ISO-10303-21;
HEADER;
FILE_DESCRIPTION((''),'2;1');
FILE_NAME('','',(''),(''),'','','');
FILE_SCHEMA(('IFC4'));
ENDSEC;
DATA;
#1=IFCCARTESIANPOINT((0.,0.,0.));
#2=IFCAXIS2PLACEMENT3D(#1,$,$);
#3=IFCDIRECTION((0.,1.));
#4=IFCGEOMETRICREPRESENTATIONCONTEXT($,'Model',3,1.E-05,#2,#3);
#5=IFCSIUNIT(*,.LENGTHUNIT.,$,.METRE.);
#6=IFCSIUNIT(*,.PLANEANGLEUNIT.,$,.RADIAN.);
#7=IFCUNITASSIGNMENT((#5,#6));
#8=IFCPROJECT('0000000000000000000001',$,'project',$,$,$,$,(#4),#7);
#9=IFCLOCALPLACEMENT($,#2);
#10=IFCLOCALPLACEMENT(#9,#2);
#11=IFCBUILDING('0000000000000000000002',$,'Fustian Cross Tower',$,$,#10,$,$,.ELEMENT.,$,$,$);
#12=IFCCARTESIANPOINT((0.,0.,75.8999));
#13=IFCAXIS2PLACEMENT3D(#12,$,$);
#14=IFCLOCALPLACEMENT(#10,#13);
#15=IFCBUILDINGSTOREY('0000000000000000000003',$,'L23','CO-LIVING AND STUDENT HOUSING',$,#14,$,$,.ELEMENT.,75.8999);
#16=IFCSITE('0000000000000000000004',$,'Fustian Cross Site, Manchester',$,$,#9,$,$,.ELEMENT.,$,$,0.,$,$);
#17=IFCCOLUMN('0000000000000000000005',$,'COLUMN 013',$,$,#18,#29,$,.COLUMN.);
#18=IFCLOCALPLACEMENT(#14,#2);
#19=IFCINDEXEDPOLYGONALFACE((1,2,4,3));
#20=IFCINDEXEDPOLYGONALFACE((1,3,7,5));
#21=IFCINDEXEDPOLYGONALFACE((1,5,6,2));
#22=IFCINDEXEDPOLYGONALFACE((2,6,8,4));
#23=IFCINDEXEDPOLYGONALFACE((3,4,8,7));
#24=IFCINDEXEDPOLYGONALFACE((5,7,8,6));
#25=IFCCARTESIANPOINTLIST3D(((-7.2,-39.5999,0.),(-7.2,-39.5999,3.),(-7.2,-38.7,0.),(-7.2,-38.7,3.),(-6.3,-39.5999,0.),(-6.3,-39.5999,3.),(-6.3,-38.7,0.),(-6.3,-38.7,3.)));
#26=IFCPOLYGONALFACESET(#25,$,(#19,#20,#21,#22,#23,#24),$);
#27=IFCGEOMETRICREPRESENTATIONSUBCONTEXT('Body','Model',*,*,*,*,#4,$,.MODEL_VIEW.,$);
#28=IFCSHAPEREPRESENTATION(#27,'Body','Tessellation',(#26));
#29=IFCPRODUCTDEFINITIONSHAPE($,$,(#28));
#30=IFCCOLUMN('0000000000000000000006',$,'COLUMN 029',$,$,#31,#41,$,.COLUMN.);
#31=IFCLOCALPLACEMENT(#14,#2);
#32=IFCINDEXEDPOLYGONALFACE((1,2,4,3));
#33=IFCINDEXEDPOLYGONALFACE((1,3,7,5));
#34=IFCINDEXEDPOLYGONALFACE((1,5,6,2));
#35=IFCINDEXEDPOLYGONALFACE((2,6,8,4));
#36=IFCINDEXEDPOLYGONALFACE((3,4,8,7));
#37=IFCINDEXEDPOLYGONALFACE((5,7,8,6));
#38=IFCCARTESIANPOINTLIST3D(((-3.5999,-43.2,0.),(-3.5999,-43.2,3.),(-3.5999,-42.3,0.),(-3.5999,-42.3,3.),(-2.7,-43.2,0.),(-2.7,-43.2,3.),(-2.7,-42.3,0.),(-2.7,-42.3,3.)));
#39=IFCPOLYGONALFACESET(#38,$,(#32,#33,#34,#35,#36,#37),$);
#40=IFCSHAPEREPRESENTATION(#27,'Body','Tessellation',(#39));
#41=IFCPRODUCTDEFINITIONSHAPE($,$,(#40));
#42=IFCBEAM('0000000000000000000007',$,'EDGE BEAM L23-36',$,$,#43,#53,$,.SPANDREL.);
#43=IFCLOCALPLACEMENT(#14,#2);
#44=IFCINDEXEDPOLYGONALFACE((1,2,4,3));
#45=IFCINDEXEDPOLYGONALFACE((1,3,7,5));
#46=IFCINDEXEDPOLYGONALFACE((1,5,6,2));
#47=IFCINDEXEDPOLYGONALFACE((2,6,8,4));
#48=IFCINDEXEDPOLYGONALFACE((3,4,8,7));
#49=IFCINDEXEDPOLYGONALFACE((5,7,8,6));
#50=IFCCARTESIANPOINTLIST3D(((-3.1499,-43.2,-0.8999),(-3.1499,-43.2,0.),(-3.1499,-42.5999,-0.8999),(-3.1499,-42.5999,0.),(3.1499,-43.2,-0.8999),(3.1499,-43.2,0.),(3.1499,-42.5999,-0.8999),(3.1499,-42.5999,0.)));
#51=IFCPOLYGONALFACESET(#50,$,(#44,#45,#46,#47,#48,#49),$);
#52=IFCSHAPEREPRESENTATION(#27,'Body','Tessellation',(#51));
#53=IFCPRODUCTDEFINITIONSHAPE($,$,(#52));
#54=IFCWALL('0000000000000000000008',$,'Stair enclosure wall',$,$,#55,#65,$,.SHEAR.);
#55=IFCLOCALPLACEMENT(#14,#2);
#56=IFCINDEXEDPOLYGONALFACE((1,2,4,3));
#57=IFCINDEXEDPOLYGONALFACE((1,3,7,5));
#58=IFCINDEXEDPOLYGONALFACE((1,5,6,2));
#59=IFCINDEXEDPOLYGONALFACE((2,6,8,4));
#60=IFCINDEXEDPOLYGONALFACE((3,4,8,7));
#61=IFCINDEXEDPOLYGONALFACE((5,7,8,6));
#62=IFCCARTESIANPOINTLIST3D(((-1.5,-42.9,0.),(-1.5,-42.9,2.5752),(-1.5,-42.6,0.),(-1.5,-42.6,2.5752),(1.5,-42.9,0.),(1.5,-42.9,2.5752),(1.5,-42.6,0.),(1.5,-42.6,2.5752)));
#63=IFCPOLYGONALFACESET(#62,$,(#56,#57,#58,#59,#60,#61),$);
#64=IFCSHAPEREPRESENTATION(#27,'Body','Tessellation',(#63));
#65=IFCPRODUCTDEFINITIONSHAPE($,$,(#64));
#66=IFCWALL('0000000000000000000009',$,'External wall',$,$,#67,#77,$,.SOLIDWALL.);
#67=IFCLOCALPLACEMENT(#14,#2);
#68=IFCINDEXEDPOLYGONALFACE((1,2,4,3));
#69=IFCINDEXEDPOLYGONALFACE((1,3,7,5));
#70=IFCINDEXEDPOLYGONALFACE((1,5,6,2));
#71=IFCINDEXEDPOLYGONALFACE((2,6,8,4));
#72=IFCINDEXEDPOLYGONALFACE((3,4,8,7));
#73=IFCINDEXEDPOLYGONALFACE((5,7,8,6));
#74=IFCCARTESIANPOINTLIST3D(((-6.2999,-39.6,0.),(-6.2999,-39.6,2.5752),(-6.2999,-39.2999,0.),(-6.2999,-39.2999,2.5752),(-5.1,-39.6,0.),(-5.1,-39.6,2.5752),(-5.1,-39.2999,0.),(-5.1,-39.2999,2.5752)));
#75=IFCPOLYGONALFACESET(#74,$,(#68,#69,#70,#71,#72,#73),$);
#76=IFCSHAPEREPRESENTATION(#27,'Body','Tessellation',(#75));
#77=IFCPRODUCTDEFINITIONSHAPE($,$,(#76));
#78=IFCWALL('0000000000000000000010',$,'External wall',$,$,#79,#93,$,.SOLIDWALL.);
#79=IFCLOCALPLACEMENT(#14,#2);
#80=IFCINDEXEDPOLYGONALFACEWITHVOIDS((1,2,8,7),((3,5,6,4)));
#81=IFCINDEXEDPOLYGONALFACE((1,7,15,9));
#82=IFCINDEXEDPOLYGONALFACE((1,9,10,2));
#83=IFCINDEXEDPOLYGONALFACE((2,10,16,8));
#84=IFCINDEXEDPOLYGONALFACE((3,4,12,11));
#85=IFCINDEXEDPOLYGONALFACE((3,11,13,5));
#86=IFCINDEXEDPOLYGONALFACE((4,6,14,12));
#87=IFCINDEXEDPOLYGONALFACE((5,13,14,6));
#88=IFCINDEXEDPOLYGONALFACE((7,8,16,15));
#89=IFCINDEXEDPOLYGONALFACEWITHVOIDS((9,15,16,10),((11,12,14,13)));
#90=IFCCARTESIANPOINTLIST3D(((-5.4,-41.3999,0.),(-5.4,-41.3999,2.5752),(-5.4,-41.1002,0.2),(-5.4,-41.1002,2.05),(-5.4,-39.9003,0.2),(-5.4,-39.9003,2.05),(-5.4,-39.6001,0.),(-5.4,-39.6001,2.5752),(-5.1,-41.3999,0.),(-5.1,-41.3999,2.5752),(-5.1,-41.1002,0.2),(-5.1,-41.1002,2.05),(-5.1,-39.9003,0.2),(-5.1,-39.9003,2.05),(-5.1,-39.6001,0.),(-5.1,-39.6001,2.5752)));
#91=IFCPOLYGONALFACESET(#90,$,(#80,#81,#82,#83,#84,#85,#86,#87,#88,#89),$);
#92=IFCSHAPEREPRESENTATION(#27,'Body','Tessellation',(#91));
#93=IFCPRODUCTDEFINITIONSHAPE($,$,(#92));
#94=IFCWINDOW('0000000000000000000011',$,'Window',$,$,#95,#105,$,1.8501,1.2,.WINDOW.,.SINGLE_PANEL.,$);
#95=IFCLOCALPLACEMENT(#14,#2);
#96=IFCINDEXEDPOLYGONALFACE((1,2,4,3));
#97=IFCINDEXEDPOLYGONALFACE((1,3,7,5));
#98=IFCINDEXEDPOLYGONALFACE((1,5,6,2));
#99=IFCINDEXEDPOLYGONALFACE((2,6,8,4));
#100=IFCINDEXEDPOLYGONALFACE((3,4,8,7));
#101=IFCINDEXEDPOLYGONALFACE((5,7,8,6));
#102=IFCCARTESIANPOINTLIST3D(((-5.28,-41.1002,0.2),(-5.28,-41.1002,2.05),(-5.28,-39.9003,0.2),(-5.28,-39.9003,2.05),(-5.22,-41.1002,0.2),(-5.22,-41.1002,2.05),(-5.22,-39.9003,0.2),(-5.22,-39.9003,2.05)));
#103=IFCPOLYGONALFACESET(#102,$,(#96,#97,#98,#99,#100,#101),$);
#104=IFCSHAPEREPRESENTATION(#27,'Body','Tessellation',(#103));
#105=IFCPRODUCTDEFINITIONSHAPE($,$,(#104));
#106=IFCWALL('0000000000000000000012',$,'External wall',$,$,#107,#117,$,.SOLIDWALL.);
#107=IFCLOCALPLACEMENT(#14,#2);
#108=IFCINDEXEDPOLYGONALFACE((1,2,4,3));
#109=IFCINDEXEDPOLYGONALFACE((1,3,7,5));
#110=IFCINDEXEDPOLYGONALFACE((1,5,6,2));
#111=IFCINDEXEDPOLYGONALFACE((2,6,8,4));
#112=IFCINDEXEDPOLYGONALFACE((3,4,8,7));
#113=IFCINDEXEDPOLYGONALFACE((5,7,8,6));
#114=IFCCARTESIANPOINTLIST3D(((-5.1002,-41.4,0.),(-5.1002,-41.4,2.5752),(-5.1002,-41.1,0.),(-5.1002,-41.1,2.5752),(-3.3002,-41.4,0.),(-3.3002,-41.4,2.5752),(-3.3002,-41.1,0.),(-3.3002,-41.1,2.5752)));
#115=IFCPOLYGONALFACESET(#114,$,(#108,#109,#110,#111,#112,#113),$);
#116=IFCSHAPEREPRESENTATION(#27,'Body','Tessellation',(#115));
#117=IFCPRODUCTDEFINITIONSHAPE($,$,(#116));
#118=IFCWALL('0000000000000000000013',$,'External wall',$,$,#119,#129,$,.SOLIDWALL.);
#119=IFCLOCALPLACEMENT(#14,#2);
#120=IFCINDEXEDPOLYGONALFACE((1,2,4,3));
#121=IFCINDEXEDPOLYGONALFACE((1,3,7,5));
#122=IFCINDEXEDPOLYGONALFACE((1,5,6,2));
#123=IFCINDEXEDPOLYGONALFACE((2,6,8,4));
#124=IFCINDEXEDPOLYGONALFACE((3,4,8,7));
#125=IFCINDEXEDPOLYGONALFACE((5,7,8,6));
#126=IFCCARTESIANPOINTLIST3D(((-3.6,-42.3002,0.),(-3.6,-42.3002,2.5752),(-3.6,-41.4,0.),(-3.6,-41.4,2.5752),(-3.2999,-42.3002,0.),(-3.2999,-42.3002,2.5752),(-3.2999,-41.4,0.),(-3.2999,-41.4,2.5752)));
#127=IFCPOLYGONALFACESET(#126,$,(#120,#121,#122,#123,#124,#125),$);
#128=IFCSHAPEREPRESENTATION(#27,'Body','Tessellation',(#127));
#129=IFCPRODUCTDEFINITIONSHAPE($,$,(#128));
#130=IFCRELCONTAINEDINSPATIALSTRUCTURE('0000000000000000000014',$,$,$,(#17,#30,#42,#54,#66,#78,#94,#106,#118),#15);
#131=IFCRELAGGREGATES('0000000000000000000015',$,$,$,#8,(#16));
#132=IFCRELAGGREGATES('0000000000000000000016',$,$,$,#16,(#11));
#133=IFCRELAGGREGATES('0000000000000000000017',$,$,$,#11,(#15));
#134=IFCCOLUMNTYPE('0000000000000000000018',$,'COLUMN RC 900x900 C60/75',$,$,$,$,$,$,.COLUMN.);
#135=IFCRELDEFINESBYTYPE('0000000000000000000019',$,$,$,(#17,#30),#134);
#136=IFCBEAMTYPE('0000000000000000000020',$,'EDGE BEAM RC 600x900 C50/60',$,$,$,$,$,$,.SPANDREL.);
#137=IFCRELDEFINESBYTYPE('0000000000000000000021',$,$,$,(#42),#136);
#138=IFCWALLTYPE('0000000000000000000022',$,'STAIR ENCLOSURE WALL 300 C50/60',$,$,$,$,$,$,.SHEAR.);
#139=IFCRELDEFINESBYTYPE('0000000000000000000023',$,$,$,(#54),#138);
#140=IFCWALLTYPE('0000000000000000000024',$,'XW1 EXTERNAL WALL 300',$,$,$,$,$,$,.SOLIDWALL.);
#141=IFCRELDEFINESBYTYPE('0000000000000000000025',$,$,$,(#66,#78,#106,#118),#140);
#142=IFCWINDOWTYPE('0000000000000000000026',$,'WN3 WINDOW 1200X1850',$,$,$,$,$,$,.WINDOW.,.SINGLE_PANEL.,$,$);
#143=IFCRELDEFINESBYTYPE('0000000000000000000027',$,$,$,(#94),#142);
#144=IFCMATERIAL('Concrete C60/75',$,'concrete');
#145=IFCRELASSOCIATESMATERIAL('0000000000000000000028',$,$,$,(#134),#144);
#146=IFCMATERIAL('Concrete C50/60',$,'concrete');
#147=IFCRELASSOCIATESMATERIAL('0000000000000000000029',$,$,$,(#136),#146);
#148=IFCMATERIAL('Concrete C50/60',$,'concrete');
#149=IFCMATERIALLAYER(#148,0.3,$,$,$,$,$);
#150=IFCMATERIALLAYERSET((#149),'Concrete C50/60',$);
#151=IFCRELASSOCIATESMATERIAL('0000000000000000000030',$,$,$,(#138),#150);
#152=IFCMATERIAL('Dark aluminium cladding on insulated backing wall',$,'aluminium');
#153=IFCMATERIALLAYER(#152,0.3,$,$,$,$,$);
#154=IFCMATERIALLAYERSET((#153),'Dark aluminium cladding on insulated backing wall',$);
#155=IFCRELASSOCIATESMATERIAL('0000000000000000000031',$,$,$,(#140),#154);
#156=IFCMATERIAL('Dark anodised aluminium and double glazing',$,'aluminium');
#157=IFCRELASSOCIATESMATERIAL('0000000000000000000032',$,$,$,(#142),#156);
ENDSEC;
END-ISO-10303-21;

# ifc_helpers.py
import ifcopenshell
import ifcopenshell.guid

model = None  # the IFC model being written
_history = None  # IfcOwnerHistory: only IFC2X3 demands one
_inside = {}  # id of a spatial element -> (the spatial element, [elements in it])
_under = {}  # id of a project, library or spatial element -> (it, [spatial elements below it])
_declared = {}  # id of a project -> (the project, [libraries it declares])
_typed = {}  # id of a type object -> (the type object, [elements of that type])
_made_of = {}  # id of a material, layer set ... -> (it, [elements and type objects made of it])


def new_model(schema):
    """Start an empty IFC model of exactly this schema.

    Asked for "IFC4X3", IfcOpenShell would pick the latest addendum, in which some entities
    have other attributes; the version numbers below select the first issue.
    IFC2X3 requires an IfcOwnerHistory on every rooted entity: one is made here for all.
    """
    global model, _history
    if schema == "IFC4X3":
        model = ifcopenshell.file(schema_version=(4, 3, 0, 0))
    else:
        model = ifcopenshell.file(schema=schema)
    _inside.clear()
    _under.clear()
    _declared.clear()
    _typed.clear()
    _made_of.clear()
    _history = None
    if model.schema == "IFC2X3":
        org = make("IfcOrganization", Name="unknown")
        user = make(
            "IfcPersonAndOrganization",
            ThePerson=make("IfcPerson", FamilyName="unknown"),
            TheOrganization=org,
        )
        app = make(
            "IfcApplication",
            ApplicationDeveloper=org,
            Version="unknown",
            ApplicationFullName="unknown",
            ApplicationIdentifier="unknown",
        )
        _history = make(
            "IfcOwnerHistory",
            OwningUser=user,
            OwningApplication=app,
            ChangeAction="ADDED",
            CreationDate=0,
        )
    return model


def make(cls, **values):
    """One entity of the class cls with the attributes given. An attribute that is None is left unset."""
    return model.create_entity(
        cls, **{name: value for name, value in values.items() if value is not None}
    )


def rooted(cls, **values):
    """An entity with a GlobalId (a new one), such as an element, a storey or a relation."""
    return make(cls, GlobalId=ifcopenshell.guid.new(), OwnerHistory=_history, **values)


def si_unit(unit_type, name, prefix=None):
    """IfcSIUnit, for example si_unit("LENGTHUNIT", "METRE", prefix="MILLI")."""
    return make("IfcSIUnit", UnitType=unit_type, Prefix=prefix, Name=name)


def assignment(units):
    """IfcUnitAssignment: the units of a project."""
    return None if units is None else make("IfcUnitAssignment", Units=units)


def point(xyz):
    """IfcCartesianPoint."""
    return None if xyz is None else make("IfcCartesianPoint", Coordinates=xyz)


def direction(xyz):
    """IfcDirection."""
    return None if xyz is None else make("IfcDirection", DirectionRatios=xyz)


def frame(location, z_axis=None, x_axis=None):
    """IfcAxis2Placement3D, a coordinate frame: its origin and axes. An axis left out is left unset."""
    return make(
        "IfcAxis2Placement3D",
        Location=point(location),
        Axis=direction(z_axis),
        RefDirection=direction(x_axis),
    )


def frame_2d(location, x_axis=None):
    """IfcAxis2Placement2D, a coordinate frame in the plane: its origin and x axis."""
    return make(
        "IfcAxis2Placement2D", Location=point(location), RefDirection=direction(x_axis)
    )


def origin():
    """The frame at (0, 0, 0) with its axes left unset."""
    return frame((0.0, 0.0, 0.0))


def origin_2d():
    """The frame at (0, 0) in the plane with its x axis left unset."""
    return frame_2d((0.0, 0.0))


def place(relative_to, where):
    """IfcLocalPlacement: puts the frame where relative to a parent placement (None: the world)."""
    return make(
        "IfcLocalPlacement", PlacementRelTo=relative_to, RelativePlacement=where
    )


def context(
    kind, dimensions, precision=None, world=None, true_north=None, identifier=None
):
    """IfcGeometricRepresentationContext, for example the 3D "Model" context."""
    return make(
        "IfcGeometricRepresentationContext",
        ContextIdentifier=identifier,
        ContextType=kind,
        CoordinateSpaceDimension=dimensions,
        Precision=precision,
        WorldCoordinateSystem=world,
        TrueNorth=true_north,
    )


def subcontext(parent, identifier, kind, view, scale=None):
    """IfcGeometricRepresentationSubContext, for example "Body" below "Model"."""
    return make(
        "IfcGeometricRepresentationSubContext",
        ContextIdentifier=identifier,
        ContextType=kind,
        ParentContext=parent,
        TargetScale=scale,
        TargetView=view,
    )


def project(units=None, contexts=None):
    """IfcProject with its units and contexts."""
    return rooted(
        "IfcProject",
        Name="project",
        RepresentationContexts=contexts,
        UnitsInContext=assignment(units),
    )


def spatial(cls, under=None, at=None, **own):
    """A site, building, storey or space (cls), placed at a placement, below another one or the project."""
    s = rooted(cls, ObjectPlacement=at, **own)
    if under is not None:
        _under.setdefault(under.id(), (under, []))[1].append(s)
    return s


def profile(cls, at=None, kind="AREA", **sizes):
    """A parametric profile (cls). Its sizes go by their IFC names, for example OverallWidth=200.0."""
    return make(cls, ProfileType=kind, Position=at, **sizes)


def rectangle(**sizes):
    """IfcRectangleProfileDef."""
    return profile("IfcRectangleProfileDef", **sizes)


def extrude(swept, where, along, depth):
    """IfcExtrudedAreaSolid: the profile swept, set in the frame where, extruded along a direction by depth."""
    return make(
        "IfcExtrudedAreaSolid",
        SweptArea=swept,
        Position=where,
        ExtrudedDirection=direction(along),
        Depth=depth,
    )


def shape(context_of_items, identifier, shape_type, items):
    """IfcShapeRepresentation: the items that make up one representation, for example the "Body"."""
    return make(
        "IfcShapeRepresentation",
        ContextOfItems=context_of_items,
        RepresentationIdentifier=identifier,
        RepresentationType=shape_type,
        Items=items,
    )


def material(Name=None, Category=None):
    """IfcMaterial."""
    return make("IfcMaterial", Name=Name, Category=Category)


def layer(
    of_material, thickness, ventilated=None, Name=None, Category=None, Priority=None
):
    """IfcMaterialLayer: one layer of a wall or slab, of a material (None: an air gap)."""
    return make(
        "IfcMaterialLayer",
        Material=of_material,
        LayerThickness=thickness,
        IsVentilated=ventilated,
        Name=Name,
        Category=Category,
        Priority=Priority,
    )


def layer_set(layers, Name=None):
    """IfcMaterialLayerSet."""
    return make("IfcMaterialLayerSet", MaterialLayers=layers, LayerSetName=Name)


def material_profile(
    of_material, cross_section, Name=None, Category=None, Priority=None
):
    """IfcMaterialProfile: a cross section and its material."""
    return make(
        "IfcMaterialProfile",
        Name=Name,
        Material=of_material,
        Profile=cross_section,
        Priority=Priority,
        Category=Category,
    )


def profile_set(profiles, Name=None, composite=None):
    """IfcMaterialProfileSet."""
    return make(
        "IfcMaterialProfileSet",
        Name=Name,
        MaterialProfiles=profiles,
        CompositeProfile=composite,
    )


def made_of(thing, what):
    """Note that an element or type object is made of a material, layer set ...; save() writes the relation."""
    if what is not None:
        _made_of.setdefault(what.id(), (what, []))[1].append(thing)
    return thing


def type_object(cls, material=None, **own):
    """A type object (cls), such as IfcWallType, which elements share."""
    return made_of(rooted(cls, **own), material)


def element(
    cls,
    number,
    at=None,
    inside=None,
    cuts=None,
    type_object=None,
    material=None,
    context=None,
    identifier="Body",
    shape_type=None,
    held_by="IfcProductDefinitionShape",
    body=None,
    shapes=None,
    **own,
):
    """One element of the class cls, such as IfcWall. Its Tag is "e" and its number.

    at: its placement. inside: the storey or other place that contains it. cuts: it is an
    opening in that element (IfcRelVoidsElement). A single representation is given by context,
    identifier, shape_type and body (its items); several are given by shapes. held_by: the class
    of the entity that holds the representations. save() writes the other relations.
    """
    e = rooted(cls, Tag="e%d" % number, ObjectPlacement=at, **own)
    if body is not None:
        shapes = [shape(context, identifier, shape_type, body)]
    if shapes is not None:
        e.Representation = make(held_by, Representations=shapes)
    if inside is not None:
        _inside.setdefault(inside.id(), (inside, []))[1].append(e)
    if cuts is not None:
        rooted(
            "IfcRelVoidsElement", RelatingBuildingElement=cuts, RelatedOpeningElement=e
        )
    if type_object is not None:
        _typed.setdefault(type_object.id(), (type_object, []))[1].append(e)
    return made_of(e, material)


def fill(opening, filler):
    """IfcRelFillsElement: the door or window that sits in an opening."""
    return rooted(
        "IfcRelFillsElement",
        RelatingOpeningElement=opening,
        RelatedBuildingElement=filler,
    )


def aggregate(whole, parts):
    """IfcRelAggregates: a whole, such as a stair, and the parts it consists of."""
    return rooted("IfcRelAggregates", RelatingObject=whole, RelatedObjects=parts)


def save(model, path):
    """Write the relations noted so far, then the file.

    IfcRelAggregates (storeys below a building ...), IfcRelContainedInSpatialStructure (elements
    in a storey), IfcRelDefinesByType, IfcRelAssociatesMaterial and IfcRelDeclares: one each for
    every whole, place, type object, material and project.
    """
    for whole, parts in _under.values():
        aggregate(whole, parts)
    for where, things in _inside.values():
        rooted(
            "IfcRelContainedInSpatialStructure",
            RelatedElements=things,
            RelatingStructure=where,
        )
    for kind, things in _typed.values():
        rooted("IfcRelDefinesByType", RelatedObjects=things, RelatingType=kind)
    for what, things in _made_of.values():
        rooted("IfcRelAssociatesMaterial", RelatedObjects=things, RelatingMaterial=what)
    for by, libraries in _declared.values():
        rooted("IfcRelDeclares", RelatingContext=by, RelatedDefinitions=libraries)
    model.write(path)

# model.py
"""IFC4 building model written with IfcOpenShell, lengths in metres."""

from ifc_helpers import new_model, si_unit, direction, frame, frame_2d, origin, origin_2d, place, context, subcontext, project, spatial, rectangle, extrude, material, layer, layer_set, material_profile, profile_set, type_object, element, fill, save


model = new_model("IFC4")

# Units and contexts
model_context = context("Model", 3, precision=1e-05, world=origin(), true_north=direction((0.0, 1.0)))
body_context = subcontext(model_context, "Body", "Model", "MODEL_VIEW")
ifc_project = project(units=[si_unit("LENGTHUNIT", "METRE"), si_unit("PLANEANGLEUNIT", "RADIAN")], contexts=[model_context])

# Site, building, storey
site_placement = place(None, origin())
site = spatial("IfcSite", under=ifc_project, at=site_placement, Name="Fustian Cross Site, Manchester", CompositionType="ELEMENT", RefElevation=0.0)
building_placement = place(site_placement, origin())
building = spatial("IfcBuilding", under=site, at=building_placement, Name="Fustian Cross Tower", CompositionType="ELEMENT")
storey_placement = place(building_placement, frame((0.0, 0.0, 75.8999)))
storey = spatial("IfcBuildingStorey", under=building, at=storey_placement, Name="L23", Description="CO-LIVING AND STUDENT HOUSING", CompositionType="ELEMENT", Elevation=75.8999)

# Columns
ifc_material_1 = material(Name="Concrete C60/75", Category="concrete")
ifc_material_profile_1 = material_profile(ifc_material_1, rectangle(XDim=0.8999, YDim=0.8999, at=origin_2d()), Name="RC 900x900")
ifc_profile_set_1 = profile_set([ifc_material_profile_1], Name="Concrete C60/75")
column_type = type_object("IfcColumnType", Name="COLUMN RC 900x900 C60/75", PredefinedType="COLUMN", material=ifc_profile_set_1)
for number, where, z_axis, x_axis, name in (
    (1, (-6.75, -39.1499, 0.0), (0.0, 0.0, 1.0), (1.0, 0.0, 0.0), "COLUMN 013"),
    (2, (-3.1499, -42.75, 0.0), (0.0, 0.0, 1.0), (1.0, 0.0, 0.0), "COLUMN 029"),
):
    element("IfcColumn", number, at=place(storey_placement, frame(where, z_axis=z_axis, x_axis=x_axis)), inside=storey, type_object=column_type, Name=name, PredefinedType="COLUMN", context=body_context, shape_type="SweptSolid", body=[
        extrude(rectangle(XDim=0.8999, YDim=0.8999, at=origin_2d()), origin(), (0.0, 0.0, 1.0), 3.0),
    ])

# Beam
ifc_material_2 = material(Name="Concrete C50/60", Category="concrete")
ifc_material_profile_2 = material_profile(ifc_material_2, rectangle(XDim=0.6001, YDim=0.8999, at=origin_2d()), Name="RC 600x900")
ifc_profile_set_2 = profile_set([ifc_material_profile_2], Name="Concrete C50/60")
beam_type = type_object("IfcBeamType", Name="EDGE BEAM RC 600x900 C50/60", PredefinedType="SPANDREL", material=ifc_profile_set_2)
beam_placement = place(storey_placement, frame((-3.1499, -42.8999, -0.45), z_axis=(1.0, 0.0, 0.0), x_axis=(0.0, 1.0, 0.0)))
element("IfcBeam", 3, at=beam_placement, inside=storey, type_object=beam_type, Name="EDGE BEAM L23-36", PredefinedType="SPANDREL", context=body_context, shape_type="SweptSolid", body=[
    extrude(rectangle(XDim=0.6001, YDim=0.8999, at=origin_2d()), origin(), (0.0, 0.0, 1.0), 6.2998),
])

# Walls
ifc_material_3 = material(Name="Concrete C50/60", Category="concrete")
ifc_layer_1 = layer(ifc_material_3, 0.3)
ifc_layer_set_1 = layer_set([ifc_layer_1], Name="Concrete C50/60")
wall_type_1 = type_object("IfcWallType", Name="STAIR ENCLOSURE WALL 300 C50/60", PredefinedType="SHEAR", material=ifc_layer_set_1)
wall_1_placement = place(storey_placement, frame((-1.5, -42.75, 0.0), z_axis=(0.0, 0.0, 1.0), x_axis=(1.0, 0.0, 0.0)))
element("IfcWall", 4, at=wall_1_placement, inside=storey, type_object=wall_type_1, Name="Stair enclosure wall", PredefinedType="SHEAR", context=body_context, shape_type="SweptSolid", body=[
    extrude(rectangle(XDim=3.0, YDim=0.3, at=frame_2d((1.5, 0.0))), origin(), (0.0, 0.0, 1.0), 2.5752),
])
ifc_material_4 = material(Name="Dark aluminium cladding on insulated backing wall", Category="aluminium")
ifc_layer_2 = layer(ifc_material_4, 0.3)
ifc_layer_set_2 = layer_set([ifc_layer_2], Name="Dark aluminium cladding on insulated backing wall")
wall_type_2 = type_object("IfcWallType", Name="XW1 EXTERNAL WALL 300", PredefinedType="SOLIDWALL", material=ifc_layer_set_2)
wall_2_placement = place(storey_placement, frame((-6.3, -39.45, 0.0), z_axis=(0.0, 0.0, 1.0), x_axis=(1.0, 0.0, 0.0)))
element("IfcWall", 5, at=wall_2_placement, inside=storey, type_object=wall_type_2, Name="External wall", PredefinedType="SOLIDWALL", context=body_context, shape_type="SweptSolid", body=[
    extrude(rectangle(XDim=1.2, YDim=0.3, at=frame_2d((0.6001, 0.0))), origin(), (0.0, 0.0, 1.0), 2.5752),
])

# Wall, opening, window
wall_3_placement = place(storey_placement, frame((-5.25, -39.6001, 0.0), z_axis=(0.0, 0.0, 1.0), x_axis=(0.0, -1.0, 0.0)))
wall_3 = element("IfcWall", 6, at=wall_3_placement, inside=storey, type_object=wall_type_2, Name="External wall", PredefinedType="SOLIDWALL", context=body_context, shape_type="SweptSolid", body=[
    extrude(rectangle(XDim=1.7998, YDim=0.3, at=frame_2d((0.8999, 0.0))), origin(), (0.0, 0.0, 1.0), 2.5752),
])
opening_1_placement = place(wall_3_placement, frame((0.3, 0.0, 0.2)))
opening_1 = element("IfcOpeningElement", 7, at=opening_1_placement, cuts=wall_3, PredefinedType="OPENING", context=body_context, shape_type="SweptSolid", body=[
    extrude(rectangle(XDim=1.2, YDim=1.8501, at=frame_2d((0.6001, 0.925))), frame((0.0, 0.1599, 0.0), z_axis=(0.0, -1.0, 0.0), x_axis=(1.0, 0.0, 0.0)), (0.0, 0.0, 1.0), 0.3201),
])
ifc_material_5 = material(Name="Dark anodised aluminium and double glazing", Category="aluminium")
window_type_1 = type_object("IfcWindowType", Name="WN3 WINDOW 1200X1850", PartitioningType="SINGLE_PANEL", PredefinedType="WINDOW", material=ifc_material_5)
window_1_placement = place(opening_1_placement, origin())
window_1 = element("IfcWindow", 8, at=window_1_placement, inside=storey, type_object=window_type_1, Name="Window", OverallHeight=1.8501, OverallWidth=1.2, PartitioningType="SINGLE_PANEL", PredefinedType="WINDOW", context=body_context, shape_type="SweptSolid", body=[
    extrude(rectangle(XDim=1.2, YDim=1.8501, at=frame_2d((0.6001, 0.925))), frame((0.0, 0.03, 0.0), z_axis=(0.0, -1.0, 0.0), x_axis=(1.0, 0.0, 0.0)), (0.0, 0.0, 1.0), 0.0601),
])
fill(opening_1, window_1)

# Walls
wall_4_placement = place(storey_placement, frame((-5.1001, -41.25, 0.0), z_axis=(0.0, 0.0, 1.0), x_axis=(1.0, 0.0, 0.0)))
element("IfcWall", 9, at=wall_4_placement, inside=storey, type_object=wall_type_2, Name="External wall", PredefinedType="SOLIDWALL", context=body_context, shape_type="SweptSolid", body=[
    extrude(rectangle(XDim=1.8, YDim=0.3, at=frame_2d((0.8999, 0.0))), origin(), (0.0, 0.0, 1.0), 2.5752),
])
wall_5_placement = place(storey_placement, frame((-3.45, -41.3999, 0.0), z_axis=(0.0, 0.0, 1.0), x_axis=(0.0, -1.0, 0.0)))
element("IfcWall", 10, at=wall_5_placement, inside=storey, type_object=wall_type_2, Name="External wall", PredefinedType="SOLIDWALL", context=body_context, shape_type="SweptSolid", body=[
    extrude(rectangle(XDim=0.9001, YDim=0.3, at=frame_2d((0.4502, 0.0))), origin(), (0.0, 0.0, 1.0), 2.5752),
])

save(model, "model.ifc")
